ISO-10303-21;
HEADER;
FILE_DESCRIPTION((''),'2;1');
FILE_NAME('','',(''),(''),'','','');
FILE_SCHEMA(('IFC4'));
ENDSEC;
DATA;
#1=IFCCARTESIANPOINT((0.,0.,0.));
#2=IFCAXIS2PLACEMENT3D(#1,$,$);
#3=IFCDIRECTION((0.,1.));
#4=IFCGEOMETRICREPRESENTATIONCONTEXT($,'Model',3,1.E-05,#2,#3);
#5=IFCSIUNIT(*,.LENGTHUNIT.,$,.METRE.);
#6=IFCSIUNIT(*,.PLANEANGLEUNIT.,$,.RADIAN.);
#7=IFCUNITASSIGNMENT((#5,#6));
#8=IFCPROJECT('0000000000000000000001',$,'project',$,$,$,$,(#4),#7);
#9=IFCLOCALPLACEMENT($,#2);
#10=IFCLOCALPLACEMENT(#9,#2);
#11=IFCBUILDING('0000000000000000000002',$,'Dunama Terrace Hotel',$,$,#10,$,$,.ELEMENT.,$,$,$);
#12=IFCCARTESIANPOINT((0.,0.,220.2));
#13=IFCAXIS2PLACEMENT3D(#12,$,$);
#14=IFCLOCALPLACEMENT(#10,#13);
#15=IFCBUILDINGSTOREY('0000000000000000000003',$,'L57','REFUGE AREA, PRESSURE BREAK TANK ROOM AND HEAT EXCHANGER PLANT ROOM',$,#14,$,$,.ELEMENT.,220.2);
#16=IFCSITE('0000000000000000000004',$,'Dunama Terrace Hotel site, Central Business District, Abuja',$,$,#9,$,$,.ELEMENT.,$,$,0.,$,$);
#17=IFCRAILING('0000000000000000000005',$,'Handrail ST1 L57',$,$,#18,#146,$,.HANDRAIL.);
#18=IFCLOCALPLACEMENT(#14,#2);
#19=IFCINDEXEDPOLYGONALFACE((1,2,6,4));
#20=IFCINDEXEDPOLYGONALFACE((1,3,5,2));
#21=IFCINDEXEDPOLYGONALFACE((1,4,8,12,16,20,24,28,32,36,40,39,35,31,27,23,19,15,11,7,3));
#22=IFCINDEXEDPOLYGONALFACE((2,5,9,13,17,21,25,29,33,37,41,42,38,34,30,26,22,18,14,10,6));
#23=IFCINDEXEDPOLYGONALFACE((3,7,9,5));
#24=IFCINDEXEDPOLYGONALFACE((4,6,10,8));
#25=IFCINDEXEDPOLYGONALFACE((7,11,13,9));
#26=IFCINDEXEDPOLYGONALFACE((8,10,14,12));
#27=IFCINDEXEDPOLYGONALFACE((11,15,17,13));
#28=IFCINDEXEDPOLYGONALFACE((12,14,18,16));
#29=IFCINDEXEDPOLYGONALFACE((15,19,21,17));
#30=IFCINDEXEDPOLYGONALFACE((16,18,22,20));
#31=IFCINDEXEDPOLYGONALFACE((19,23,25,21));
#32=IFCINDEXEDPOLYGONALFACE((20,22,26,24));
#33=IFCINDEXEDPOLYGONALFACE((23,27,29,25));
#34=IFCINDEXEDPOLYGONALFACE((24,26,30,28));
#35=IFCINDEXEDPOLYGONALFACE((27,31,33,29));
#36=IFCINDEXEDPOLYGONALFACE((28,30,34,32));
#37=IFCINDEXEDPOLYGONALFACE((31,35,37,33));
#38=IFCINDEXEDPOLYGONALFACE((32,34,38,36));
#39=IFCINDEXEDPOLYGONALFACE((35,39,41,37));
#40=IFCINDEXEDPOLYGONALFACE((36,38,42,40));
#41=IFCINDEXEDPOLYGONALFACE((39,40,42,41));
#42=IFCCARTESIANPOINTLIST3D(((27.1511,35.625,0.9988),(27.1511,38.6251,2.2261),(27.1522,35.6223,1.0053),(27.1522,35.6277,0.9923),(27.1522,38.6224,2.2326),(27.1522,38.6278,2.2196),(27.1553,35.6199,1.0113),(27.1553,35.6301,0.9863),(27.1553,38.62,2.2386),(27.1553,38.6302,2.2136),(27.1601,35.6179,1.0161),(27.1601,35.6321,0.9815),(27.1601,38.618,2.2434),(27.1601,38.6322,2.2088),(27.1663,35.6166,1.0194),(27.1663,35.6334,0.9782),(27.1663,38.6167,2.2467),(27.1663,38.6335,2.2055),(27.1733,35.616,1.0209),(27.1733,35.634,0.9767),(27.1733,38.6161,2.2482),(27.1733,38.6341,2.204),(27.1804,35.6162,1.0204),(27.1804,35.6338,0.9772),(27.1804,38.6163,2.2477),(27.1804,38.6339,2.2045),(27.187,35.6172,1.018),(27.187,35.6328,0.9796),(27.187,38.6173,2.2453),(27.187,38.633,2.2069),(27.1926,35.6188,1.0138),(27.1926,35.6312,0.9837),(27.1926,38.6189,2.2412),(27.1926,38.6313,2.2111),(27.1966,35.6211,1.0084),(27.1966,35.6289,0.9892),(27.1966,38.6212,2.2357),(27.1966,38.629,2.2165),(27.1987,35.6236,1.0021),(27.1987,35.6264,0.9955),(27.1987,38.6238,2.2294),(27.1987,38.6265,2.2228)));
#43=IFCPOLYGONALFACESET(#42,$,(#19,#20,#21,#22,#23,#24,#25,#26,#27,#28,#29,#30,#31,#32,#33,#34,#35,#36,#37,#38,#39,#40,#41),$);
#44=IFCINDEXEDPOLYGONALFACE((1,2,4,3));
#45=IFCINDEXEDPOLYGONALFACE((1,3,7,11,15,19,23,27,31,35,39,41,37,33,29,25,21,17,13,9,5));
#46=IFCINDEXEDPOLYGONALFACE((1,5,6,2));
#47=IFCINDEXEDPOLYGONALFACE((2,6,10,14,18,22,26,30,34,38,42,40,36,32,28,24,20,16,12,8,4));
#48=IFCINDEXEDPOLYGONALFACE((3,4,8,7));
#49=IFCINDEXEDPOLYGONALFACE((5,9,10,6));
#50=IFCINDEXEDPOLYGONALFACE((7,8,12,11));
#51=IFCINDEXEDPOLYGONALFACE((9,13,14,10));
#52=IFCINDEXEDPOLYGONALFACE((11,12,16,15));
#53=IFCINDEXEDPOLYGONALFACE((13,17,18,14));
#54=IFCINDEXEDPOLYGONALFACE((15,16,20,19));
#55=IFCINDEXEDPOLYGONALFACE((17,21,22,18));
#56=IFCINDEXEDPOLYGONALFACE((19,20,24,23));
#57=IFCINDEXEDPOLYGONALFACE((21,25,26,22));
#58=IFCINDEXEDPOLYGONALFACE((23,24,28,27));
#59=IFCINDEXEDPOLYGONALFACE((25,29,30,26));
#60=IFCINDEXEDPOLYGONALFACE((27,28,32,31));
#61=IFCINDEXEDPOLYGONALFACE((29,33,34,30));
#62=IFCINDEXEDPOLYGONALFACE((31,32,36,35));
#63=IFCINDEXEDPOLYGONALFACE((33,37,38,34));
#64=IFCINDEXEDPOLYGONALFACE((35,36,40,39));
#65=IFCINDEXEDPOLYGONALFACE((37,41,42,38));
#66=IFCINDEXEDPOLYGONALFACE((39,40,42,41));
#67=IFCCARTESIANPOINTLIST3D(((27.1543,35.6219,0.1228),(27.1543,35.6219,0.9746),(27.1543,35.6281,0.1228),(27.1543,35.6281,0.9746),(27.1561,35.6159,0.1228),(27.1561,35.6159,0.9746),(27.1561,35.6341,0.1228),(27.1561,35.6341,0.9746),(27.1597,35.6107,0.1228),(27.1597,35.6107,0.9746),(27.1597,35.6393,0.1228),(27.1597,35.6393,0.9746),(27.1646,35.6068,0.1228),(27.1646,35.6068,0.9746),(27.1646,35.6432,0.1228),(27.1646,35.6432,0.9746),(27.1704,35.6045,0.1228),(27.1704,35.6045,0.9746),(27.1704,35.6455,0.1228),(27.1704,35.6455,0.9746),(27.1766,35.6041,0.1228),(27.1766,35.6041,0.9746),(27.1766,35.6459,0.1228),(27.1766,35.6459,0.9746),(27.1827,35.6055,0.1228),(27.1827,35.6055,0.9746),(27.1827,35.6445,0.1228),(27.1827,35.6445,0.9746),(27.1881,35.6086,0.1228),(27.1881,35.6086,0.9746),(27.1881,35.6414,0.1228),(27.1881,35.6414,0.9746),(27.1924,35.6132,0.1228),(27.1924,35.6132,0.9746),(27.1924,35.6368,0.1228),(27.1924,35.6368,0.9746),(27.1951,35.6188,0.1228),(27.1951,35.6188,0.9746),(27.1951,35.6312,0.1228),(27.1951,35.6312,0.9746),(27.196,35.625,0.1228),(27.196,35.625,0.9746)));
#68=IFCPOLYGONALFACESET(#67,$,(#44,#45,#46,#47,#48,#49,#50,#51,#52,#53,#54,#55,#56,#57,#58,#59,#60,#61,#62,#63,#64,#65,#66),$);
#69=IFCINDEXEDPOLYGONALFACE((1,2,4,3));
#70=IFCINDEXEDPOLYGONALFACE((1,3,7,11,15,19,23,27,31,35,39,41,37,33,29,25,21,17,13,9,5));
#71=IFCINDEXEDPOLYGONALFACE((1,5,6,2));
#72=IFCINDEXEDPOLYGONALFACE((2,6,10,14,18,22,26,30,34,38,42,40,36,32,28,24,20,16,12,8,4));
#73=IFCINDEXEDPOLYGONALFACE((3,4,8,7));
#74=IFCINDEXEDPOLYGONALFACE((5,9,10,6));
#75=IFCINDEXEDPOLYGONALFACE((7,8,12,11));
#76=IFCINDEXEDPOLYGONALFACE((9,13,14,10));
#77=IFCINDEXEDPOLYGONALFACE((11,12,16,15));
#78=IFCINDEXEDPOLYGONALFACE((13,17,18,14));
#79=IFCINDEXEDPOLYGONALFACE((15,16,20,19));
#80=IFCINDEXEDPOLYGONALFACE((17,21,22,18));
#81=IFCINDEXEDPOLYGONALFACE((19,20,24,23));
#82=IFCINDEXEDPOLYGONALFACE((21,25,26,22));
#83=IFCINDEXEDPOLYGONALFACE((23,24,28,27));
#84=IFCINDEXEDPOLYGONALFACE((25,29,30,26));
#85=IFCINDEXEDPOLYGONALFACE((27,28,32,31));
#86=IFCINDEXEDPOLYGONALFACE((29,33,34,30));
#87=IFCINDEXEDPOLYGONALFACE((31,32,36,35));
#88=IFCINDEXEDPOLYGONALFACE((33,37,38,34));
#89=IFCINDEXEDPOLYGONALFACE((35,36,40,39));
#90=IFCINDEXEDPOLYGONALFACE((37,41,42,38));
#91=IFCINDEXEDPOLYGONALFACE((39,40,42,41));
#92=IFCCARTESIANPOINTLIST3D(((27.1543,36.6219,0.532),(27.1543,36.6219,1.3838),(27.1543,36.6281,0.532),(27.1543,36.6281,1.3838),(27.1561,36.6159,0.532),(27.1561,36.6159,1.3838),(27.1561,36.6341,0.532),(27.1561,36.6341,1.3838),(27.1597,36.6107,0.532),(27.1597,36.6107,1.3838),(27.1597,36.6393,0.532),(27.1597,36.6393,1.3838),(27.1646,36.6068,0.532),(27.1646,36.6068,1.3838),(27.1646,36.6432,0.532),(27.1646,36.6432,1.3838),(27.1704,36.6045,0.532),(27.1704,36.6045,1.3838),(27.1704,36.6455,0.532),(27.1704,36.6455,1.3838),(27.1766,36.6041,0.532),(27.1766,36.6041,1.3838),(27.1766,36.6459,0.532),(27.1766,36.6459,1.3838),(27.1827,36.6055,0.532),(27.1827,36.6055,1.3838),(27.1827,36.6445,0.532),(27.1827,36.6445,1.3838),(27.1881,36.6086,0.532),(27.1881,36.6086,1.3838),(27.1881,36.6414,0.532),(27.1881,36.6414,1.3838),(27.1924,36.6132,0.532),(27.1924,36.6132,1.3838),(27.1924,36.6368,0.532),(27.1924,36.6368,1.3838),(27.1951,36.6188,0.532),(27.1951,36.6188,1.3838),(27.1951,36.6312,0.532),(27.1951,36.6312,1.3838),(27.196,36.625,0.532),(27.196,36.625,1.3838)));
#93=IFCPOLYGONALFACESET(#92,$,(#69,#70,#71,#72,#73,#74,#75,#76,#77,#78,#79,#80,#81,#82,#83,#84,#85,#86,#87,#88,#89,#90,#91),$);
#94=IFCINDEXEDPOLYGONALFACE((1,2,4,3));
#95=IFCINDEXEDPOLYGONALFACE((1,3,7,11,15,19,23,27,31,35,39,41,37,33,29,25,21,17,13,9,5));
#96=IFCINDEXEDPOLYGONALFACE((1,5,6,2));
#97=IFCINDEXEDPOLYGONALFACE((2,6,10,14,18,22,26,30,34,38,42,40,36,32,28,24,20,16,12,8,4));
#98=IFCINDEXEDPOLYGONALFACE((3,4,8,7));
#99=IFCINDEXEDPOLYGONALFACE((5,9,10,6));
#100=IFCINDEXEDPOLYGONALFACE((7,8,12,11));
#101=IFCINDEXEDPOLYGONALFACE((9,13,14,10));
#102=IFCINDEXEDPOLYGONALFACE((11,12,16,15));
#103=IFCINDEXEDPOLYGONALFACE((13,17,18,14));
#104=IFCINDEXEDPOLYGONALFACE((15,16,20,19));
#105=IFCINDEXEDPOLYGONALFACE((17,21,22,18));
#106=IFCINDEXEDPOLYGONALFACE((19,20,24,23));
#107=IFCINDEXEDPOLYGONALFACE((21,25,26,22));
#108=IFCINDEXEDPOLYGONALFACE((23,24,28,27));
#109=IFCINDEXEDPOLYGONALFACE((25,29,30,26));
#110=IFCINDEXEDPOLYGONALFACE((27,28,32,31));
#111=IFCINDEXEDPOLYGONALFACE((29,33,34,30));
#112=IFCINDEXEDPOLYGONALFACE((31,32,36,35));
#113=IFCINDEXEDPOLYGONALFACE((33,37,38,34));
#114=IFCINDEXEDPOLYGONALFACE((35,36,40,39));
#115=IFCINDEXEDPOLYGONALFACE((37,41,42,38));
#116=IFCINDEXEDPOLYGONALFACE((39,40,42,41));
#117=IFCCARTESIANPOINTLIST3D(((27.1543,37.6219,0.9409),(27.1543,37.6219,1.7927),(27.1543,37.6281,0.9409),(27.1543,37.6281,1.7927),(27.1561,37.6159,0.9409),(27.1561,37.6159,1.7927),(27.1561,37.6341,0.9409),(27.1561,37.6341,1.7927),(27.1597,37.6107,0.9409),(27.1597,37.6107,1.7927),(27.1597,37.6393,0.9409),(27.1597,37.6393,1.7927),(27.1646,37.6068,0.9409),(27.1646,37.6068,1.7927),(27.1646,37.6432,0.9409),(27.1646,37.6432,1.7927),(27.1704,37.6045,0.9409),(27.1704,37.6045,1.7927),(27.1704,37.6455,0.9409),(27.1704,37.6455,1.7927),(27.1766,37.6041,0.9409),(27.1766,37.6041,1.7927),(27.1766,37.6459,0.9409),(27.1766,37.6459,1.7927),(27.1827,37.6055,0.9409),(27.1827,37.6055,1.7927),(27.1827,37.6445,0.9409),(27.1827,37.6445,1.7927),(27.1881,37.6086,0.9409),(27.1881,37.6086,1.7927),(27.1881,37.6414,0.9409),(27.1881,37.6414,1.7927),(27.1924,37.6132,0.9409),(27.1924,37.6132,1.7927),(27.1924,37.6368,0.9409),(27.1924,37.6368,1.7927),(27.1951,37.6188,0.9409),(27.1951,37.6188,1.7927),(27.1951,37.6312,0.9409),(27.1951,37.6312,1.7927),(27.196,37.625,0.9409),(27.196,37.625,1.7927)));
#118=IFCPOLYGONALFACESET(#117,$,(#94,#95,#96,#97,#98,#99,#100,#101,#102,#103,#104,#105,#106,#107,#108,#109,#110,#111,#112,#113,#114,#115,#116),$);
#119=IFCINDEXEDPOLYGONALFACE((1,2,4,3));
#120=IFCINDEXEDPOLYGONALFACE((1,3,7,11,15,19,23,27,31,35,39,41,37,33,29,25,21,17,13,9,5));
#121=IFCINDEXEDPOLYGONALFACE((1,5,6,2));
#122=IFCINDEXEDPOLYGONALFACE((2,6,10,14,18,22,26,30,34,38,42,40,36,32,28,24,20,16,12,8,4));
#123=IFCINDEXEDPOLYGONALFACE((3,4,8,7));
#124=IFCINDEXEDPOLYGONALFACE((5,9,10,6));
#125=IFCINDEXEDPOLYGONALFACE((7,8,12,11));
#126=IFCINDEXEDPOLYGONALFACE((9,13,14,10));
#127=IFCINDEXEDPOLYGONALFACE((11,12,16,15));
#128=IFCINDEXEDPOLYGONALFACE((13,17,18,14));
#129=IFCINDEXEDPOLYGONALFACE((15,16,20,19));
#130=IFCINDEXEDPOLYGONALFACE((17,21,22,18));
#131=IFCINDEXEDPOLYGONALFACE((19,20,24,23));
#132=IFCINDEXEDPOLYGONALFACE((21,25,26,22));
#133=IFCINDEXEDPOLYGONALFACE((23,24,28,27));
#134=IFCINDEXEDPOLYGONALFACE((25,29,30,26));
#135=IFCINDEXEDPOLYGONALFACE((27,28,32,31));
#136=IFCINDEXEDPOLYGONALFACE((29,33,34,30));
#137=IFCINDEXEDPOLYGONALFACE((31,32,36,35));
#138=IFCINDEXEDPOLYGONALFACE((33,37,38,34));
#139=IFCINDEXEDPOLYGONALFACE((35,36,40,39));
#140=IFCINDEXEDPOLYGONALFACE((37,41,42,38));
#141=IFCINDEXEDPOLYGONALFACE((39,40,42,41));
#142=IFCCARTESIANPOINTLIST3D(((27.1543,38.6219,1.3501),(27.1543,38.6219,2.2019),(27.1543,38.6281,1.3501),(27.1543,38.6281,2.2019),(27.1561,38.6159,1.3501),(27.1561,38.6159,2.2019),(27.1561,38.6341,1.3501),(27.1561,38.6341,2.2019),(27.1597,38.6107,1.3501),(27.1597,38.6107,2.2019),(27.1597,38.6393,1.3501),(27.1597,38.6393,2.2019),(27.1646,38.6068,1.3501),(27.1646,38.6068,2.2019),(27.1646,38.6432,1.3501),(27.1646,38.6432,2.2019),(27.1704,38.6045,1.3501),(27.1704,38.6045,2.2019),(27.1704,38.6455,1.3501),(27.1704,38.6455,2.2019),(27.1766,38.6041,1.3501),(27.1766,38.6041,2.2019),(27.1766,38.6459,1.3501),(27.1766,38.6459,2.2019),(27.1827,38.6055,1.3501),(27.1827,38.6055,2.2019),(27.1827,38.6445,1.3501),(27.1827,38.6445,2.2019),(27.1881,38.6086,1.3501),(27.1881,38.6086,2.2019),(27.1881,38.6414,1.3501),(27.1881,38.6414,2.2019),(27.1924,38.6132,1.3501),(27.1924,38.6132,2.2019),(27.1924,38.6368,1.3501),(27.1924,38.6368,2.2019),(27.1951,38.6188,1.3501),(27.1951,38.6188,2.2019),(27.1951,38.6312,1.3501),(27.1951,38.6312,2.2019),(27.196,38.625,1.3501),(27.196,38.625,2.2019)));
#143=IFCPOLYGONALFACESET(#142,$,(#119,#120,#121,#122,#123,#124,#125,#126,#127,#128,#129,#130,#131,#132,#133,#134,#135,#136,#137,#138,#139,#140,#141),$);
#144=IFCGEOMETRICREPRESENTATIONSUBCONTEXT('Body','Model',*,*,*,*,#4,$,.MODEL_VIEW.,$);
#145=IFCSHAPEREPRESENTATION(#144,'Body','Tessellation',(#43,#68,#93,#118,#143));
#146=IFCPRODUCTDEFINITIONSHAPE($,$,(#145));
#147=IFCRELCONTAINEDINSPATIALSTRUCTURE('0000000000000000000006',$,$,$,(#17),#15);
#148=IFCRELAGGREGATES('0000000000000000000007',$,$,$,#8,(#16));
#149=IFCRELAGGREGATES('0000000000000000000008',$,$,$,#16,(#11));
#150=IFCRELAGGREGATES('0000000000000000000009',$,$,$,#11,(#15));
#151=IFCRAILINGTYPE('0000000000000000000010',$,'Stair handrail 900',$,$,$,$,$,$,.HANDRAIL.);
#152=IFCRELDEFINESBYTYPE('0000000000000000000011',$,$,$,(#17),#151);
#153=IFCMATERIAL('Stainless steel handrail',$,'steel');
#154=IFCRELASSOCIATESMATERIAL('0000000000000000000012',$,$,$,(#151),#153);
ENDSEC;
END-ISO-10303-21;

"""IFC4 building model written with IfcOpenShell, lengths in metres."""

from ifc_helpers import new_model, si_unit, direction, frame, origin, origin_2d, place, context, subcontext, project, spatial, circle, extrude, material, type_object, element, save


model = new_model("IFC4")

# Units and contexts
model_context = context("Model", 3, precision=1e-05, world=origin(), true_north=direction((0.0, 1.0)))
body_context = subcontext(model_context, "Body", "Model", "MODEL_VIEW")
ifc_project = project(units=[si_unit("LENGTHUNIT", "METRE"), si_unit("PLANEANGLEUNIT", "RADIAN")], contexts=[model_context])

# Site, building, storey
site_placement = place(None, origin())
site = spatial("IfcSite", under=ifc_project, at=site_placement, Name="Dunama Terrace Hotel site, Central Business District, Abuja", CompositionType="ELEMENT", RefElevation=0.0)
building_placement = place(site_placement, origin())
building = spatial("IfcBuilding", under=site, at=building_placement, Name="Dunama Terrace Hotel", CompositionType="ELEMENT")
storey_placement = place(building_placement, frame((0.0, 0.0, 220.2)))
storey = spatial("IfcBuildingStorey", under=building, at=storey_placement, Name="L57", Description="REFUGE AREA, PRESSURE BREAK TANK ROOM AND HEAT EXCHANGER PLANT ROOM", CompositionType="ELEMENT", Elevation=220.2)

# Railing
ifc_material_1 = material(Name="Stainless steel handrail", Category="steel")
railing_type = type_object("IfcRailingType", Name="Stair handrail 900", PredefinedType="HANDRAIL", material=ifc_material_1)
railing_1_placement = place(storey_placement, frame((27.175, 35.625, 0.1228)))
element("IfcRailing", 1, at=railing_1_placement, inside=storey, type_object=railing_type, Name="Handrail ST1 L57", PredefinedType="HANDRAIL", context=body_context, shape_type="SweptSolid", body=[
    extrude(circle(Radius=0.0239, at=origin_2d()), frame((0.0, 0.0, 0.876), z_axis=(0.0, 0.925545, 0.378639), x_axis=(-1.0, 0.0, 0.0)), (0.0, 0.0, 1.0), 3.2415),
    extrude(circle(Radius=0.021, at=origin_2d()), origin(), (0.0, 0.0, 1.0), 0.8518),
    extrude(circle(Radius=0.021, at=origin_2d()), frame((0.0, 1.0, 0.4092)), (0.0, 0.0, 1.0), 0.8518),
    extrude(circle(Radius=0.021, at=origin_2d()), frame((0.0, 2.0, 0.8181)), (0.0, 0.0, 1.0), 0.8518),
    extrude(circle(Radius=0.021, at=origin_2d()), frame((0.0, 3.0, 1.2273)), (0.0, 0.0, 1.0), 0.8518),
])

save(model, "model.ifc")
